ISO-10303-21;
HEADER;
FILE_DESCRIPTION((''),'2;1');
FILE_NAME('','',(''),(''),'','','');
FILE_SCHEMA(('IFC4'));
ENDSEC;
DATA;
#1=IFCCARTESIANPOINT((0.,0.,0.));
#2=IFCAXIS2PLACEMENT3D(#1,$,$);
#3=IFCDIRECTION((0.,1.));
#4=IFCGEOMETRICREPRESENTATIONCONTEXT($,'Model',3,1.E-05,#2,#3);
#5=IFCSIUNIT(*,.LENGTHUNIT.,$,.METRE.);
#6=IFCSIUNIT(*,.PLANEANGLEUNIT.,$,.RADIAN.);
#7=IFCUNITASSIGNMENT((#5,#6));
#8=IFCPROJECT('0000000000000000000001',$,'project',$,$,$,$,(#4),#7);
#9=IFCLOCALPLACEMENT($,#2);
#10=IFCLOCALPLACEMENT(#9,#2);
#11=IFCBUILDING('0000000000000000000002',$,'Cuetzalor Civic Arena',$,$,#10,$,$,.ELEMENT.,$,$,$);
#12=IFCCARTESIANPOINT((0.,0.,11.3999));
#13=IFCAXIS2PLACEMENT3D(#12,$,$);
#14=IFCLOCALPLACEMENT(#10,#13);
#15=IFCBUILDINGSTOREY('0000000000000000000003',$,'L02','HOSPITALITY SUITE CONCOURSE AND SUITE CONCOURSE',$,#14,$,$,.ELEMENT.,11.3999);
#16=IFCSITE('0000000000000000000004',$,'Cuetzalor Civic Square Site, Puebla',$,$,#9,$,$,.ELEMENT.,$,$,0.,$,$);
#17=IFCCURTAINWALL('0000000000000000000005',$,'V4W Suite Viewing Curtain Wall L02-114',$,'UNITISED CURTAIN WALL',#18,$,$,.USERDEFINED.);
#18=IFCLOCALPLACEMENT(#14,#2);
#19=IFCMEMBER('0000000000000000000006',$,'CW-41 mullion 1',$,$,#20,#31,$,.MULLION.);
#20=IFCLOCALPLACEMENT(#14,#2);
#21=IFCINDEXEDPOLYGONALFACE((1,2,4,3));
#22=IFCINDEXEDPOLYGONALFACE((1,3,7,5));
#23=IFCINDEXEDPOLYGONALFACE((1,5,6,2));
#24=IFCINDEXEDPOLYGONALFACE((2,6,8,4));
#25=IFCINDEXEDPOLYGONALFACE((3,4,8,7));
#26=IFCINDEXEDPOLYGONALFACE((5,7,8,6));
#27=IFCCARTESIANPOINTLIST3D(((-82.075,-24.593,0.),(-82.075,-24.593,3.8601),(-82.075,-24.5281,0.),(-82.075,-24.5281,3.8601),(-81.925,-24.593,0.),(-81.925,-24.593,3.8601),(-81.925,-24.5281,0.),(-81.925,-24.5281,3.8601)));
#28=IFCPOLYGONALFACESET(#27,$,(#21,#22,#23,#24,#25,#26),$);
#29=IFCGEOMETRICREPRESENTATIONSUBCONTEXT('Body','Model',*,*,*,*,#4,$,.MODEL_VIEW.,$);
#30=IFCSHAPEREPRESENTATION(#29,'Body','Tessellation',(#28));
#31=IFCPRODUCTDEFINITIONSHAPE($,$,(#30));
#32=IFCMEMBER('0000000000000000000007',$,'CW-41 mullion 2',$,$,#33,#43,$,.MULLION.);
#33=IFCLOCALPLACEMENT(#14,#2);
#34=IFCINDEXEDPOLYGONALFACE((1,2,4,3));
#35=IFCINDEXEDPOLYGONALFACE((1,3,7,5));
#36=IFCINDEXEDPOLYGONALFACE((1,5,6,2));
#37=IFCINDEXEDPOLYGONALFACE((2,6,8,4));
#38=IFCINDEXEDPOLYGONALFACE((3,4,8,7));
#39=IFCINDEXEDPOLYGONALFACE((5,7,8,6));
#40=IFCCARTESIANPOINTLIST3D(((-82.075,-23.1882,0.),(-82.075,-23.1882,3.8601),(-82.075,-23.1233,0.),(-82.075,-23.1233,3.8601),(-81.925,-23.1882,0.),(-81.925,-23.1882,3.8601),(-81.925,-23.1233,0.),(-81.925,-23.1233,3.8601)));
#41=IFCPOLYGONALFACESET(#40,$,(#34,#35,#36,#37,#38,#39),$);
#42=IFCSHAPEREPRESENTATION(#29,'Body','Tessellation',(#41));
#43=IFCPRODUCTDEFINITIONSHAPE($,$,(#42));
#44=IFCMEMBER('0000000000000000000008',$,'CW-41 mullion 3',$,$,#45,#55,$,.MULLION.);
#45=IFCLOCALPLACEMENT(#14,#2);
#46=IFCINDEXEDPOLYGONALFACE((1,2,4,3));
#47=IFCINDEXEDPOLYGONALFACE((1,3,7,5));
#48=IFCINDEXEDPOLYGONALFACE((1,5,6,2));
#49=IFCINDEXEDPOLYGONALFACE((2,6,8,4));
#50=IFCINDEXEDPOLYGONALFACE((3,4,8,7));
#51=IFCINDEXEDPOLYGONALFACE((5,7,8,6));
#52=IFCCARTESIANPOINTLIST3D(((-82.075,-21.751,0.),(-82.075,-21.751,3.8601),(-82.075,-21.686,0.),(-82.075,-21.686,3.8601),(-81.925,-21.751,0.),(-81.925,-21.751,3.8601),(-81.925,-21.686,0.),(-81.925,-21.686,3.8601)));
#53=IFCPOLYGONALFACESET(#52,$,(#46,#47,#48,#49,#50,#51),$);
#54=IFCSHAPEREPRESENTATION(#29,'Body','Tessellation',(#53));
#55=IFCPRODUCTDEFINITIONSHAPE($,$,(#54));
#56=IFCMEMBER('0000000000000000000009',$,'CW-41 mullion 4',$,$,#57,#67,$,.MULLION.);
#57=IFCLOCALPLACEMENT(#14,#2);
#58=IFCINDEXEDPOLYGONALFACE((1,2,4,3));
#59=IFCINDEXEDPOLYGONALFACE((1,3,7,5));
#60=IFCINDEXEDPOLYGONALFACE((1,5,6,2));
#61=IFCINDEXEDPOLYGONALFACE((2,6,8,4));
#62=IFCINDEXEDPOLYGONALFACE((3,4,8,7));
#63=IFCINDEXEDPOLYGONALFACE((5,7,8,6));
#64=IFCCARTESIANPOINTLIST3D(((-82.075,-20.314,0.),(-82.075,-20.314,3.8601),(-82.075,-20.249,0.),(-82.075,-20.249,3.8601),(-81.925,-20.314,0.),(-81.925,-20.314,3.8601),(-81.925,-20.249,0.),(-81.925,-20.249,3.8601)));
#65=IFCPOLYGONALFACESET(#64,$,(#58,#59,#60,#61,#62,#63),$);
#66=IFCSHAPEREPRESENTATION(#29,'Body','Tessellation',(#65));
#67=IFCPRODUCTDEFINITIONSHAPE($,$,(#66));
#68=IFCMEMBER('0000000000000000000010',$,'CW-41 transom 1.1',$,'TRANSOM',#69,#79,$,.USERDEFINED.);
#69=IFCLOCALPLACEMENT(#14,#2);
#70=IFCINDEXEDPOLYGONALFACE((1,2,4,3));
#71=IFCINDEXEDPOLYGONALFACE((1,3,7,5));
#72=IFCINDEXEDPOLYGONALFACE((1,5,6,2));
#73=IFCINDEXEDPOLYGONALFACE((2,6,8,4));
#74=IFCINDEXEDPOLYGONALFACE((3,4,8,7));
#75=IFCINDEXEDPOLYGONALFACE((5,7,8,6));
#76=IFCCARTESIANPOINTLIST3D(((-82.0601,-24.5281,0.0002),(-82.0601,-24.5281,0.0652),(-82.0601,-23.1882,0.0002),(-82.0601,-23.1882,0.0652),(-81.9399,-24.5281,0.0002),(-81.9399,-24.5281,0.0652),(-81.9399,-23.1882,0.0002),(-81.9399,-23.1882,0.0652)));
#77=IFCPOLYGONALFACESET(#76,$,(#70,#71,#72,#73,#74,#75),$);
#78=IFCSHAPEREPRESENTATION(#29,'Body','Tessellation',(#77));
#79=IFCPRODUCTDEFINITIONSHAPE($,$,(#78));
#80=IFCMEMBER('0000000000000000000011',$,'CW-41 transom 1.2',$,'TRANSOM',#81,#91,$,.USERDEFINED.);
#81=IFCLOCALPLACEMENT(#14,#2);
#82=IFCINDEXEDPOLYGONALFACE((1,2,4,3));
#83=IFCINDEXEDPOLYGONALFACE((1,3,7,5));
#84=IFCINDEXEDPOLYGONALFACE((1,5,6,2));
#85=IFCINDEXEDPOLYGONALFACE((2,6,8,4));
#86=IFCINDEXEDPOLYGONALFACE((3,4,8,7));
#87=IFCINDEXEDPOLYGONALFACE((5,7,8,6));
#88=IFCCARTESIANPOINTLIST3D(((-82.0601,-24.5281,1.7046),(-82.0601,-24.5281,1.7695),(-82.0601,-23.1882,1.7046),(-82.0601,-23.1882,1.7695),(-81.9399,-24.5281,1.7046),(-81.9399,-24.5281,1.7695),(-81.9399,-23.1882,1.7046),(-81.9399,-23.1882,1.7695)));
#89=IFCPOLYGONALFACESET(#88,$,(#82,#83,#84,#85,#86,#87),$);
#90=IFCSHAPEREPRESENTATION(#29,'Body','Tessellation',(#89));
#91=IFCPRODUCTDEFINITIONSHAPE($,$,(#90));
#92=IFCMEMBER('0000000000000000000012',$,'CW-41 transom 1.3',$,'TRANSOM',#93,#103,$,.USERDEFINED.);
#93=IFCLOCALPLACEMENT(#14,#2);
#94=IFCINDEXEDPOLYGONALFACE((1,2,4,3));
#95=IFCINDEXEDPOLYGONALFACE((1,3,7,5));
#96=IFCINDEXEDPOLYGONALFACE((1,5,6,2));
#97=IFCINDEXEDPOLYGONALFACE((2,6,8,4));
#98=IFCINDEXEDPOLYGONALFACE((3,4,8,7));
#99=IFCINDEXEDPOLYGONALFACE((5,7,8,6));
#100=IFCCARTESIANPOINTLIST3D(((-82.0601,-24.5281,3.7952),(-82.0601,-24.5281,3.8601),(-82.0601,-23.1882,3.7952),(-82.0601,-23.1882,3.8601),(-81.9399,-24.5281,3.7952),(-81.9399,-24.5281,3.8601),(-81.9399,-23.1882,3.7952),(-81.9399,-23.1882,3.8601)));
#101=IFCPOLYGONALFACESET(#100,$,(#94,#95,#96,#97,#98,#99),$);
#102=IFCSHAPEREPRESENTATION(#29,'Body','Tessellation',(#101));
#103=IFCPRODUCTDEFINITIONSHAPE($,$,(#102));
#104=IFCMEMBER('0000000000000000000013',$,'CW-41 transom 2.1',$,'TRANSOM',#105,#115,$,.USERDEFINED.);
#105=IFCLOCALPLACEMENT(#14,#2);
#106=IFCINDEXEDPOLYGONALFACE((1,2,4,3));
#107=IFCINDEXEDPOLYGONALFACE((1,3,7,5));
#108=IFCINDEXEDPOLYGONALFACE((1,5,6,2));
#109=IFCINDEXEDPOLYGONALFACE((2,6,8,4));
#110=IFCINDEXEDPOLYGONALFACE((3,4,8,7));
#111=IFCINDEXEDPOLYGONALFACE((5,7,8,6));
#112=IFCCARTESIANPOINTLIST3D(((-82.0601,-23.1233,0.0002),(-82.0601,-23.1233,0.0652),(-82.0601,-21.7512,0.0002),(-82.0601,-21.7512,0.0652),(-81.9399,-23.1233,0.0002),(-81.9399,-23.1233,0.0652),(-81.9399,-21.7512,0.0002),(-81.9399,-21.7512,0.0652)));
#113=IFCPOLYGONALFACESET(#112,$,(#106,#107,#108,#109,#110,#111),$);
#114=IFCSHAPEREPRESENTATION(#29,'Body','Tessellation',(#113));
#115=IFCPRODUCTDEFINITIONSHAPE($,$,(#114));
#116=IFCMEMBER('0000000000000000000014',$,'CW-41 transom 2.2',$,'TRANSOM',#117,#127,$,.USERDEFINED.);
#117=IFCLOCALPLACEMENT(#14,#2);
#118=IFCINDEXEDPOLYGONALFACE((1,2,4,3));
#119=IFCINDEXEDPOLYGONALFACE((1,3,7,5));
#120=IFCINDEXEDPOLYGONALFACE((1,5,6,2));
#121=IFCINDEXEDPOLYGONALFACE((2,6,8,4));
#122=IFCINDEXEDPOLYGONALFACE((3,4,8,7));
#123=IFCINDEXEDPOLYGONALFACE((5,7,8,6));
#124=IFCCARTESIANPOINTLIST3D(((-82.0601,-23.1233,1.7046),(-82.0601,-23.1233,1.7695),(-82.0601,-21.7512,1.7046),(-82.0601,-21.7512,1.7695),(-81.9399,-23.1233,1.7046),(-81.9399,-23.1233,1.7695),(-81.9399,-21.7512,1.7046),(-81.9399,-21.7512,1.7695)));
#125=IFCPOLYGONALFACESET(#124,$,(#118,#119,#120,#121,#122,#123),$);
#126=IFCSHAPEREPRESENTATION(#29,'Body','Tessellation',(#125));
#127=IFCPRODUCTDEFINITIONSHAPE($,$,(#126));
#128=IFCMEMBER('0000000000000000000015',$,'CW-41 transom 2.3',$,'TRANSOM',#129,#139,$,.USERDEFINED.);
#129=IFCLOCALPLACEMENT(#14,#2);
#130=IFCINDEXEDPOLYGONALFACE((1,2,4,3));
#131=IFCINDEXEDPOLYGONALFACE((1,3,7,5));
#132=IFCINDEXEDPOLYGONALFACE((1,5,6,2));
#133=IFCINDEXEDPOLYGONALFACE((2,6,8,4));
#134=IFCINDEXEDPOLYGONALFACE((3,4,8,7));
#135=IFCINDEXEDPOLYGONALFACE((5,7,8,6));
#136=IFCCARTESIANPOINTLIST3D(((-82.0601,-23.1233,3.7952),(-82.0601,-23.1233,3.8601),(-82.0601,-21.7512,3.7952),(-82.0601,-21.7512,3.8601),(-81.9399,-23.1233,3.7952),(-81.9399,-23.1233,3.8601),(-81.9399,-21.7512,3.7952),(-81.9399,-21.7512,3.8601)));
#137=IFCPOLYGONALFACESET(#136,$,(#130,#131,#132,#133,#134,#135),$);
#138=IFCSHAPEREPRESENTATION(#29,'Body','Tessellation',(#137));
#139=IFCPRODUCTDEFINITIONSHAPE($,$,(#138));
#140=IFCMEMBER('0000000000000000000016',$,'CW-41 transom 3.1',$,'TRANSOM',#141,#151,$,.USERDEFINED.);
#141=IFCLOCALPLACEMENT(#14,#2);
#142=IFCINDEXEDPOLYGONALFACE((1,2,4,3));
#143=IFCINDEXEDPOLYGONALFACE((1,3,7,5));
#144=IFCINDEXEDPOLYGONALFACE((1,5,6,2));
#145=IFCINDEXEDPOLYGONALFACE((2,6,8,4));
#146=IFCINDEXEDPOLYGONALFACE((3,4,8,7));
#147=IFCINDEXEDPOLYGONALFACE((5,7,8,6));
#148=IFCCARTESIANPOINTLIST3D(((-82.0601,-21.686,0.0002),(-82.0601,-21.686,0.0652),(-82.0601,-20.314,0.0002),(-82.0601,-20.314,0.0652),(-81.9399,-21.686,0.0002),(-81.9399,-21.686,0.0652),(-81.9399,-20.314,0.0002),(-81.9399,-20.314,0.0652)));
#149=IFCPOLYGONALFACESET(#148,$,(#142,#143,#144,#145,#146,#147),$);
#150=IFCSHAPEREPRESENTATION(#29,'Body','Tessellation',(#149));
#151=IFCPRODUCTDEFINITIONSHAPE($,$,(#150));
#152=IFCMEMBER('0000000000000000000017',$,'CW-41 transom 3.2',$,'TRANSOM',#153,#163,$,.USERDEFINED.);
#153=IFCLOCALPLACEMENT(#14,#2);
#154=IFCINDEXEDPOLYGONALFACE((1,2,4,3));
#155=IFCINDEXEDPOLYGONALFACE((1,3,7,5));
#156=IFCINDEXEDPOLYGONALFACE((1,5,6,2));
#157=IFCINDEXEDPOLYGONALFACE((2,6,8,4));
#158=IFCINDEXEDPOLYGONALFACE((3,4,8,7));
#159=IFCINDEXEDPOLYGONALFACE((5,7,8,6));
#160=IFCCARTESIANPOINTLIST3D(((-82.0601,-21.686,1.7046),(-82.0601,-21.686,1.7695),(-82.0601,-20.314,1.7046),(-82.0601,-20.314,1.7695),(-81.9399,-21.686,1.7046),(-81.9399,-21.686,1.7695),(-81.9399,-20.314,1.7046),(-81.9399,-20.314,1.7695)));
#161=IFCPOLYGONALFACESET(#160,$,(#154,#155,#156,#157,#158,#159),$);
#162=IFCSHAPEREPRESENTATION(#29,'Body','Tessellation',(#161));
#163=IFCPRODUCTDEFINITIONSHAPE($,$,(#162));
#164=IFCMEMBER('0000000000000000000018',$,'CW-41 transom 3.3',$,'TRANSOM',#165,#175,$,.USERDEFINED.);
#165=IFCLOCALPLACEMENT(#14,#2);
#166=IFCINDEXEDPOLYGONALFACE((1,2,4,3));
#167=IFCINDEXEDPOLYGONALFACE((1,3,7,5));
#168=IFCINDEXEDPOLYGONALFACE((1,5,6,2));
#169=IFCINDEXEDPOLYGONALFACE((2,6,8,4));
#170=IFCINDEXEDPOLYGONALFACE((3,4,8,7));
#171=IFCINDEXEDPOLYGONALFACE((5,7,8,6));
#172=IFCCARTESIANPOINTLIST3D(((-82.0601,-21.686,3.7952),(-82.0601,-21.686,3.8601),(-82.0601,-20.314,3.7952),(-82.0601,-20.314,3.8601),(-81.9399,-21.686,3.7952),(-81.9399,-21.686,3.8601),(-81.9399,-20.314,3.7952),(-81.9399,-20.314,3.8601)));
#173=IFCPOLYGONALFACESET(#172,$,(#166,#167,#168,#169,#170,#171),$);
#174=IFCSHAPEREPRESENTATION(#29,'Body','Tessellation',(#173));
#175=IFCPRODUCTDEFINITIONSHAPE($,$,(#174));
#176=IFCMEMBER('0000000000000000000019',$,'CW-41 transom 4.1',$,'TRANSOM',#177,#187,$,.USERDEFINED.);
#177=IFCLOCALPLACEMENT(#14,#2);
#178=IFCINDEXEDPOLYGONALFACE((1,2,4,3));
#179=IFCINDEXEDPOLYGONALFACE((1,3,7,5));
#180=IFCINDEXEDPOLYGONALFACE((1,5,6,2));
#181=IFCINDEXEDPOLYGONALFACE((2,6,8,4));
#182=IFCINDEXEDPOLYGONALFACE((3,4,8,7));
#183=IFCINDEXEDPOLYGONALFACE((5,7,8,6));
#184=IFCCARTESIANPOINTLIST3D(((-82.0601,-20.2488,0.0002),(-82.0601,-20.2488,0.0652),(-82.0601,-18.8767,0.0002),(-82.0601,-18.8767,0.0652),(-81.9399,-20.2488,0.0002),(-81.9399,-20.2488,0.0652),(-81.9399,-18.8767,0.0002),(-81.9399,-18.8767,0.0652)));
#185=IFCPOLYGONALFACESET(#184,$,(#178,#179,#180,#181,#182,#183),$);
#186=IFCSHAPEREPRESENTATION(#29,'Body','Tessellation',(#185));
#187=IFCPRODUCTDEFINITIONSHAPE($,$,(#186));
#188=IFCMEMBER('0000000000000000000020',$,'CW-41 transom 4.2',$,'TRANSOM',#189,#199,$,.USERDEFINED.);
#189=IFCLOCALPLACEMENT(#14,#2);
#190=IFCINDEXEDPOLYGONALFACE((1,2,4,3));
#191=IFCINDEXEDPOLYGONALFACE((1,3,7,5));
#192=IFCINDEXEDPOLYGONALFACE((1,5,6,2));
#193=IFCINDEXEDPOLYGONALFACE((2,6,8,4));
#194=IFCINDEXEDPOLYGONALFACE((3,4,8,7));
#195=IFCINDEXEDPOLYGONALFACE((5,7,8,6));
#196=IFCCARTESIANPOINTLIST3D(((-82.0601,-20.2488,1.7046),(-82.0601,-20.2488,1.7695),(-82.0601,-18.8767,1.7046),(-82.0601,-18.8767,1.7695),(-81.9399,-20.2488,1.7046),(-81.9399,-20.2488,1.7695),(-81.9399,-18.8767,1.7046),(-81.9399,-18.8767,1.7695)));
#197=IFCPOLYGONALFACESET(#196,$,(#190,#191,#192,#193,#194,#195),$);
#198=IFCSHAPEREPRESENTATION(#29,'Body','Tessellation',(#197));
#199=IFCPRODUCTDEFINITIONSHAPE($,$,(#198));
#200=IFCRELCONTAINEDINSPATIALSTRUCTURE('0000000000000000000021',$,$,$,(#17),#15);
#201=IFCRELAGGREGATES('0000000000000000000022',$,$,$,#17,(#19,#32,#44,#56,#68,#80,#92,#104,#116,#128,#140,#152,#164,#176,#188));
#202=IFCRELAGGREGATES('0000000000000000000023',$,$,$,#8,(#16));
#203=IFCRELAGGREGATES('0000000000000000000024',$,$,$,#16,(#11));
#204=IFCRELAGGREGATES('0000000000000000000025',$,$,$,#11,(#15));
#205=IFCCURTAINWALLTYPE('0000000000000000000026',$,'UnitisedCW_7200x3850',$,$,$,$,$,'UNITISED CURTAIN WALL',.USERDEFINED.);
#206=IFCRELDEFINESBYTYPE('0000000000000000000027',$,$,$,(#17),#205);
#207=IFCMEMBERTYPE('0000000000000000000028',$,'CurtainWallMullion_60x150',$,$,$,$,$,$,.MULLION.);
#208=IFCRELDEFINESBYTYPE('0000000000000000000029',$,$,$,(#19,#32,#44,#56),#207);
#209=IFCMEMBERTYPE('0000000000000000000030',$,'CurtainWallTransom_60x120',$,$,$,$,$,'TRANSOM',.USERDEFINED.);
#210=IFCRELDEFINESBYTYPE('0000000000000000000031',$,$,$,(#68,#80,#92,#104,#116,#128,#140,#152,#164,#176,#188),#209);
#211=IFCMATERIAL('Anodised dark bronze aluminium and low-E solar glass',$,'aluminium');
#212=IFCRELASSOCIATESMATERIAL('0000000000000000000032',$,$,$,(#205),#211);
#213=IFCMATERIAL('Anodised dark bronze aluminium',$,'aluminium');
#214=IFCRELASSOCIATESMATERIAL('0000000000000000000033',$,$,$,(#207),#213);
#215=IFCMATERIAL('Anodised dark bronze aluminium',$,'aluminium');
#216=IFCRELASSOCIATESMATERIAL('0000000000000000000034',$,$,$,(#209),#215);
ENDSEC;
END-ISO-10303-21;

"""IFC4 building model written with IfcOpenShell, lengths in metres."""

from ifc_helpers import new_model, si_unit, direction, frame, origin, origin_2d, place, context, subcontext, project, spatial, rectangle, extrude, material, material_profile, profile_set, type_object, element, aggregate, save


model = new_model("IFC4")

# Units and contexts
model_context = context("Model", 3, precision=1e-05, world=origin(), true_north=direction((0.0, 1.0)))
body_context = subcontext(model_context, "Body", "Model", "MODEL_VIEW")
ifc_project = project(units=[si_unit("LENGTHUNIT", "METRE"), si_unit("PLANEANGLEUNIT", "RADIAN")], contexts=[model_context])

# Site, building, storey
site_placement = place(None, origin())
site = spatial("IfcSite", under=ifc_project, at=site_placement, Name="Cuetzalor Civic Square Site, Puebla", CompositionType="ELEMENT", RefElevation=0.0)
building_placement = place(site_placement, origin())
building = spatial("IfcBuilding", under=site, at=building_placement, Name="Cuetzalor Civic Arena", CompositionType="ELEMENT")
storey_placement = place(building_placement, frame((0.0, 0.0, 11.3999)))
storey = spatial("IfcBuildingStorey", under=building, at=storey_placement, Name="L02", Description="HOSPITALITY SUITE CONCOURSE AND SUITE CONCOURSE", CompositionType="ELEMENT", Elevation=11.3999)

# Curtain wall, members
ifc_material_1 = material(Name="Anodised dark bronze aluminium and low-E solar glass", Category="aluminium")
curtain_wall_type = type_object("IfcCurtainWallType", Name="UnitisedCW_7200x3850", ElementType="UNITISED CURTAIN WALL", PredefinedType="USERDEFINED", material=ifc_material_1)
curtain_wall_placement = place(storey_placement, origin())
curtain_wall = element("IfcCurtainWall", 1, at=curtain_wall_placement, inside=storey, type_object=curtain_wall_type, Name="V4W Suite Viewing Curtain Wall L02-114", ObjectType="UNITISED CURTAIN WALL", PredefinedType="USERDEFINED")
ifc_material_2 = material(Name="Anodised dark bronze aluminium", Category="aluminium")
ifc_material_profile_1 = material_profile(ifc_material_2, rectangle(XDim=0.0649, YDim=0.1499, at=origin_2d()), Name="ALU MULLION 65x150")
ifc_profile_set_1 = profile_set([ifc_material_profile_1], Name="Anodised dark bronze aluminium")
member_type_1 = type_object("IfcMemberType", Name="CurtainWallMullion_60x150", PredefinedType="MULLION", material=ifc_profile_set_1)
member_1_placement = place(storey_placement, frame((-82.0, -24.5605, 0.0), z_axis=(0.0, 0.0, 1.0), x_axis=(0.0, 1.0, 0.0)))
member_1 = element("IfcMember", 2, at=member_1_placement, type_object=member_type_1, Name="CW-41 mullion 1", PredefinedType="MULLION", context=body_context, shape_type="SweptSolid", body=[
    extrude(rectangle(XDim=0.0649, YDim=0.1499, at=origin_2d()), origin(), (0.0, 0.0, 1.0), 3.8601),
])
member_2_placement = place(storey_placement, frame((-82.0, -23.1558, 0.0), z_axis=(0.0, 0.0, 1.0), x_axis=(0.0, 1.0, 0.0)))
member_2 = element("IfcMember", 3, at=member_2_placement, type_object=member_type_1, Name="CW-41 mullion 2", PredefinedType="MULLION", context=body_context, shape_type="SweptSolid", body=[
    extrude(rectangle(XDim=0.0649, YDim=0.1499, at=origin_2d()), origin(), (0.0, 0.0, 1.0), 3.8601),
])
member_3_placement = place(storey_placement, frame((-82.0, -21.7185, 0.0), z_axis=(0.0, 0.0, 1.0), x_axis=(0.0, 1.0, 0.0)))
member_3 = element("IfcMember", 4, at=member_3_placement, type_object=member_type_1, Name="CW-41 mullion 3", PredefinedType="MULLION", context=body_context, shape_type="SweptSolid", body=[
    extrude(rectangle(XDim=0.0649, YDim=0.1499, at=origin_2d()), origin(), (0.0, 0.0, 1.0), 3.8601),
])
member_4_placement = place(storey_placement, frame((-82.0, -20.2815, 0.0), z_axis=(0.0, 0.0, 1.0), x_axis=(0.0, 1.0, 0.0)))
member_4 = element("IfcMember", 5, at=member_4_placement, type_object=member_type_1, Name="CW-41 mullion 4", PredefinedType="MULLION", context=body_context, shape_type="SweptSolid", body=[
    extrude(rectangle(XDim=0.0649, YDim=0.1499, at=origin_2d()), origin(), (0.0, 0.0, 1.0), 3.8601),
])
ifc_material_3 = material(Name="Anodised dark bronze aluminium", Category="aluminium")
ifc_material_profile_2 = material_profile(ifc_material_3, rectangle(XDim=0.1201, YDim=0.0649, at=origin_2d()), Name="ALU TRANSOM 65x120")
ifc_profile_set_2 = profile_set([ifc_material_profile_2], Name="Anodised dark bronze aluminium")
member_type_2 = type_object("IfcMemberType", Name="CurtainWallTransom_60x120", ElementType="TRANSOM", PredefinedType="USERDEFINED", material=ifc_profile_set_2)
member_5_placement = place(storey_placement, frame((-82.0, -24.5281, 0.0327), z_axis=(0.0, 1.0, 0.0), x_axis=(-1.0, 0.0, 0.0)))
member_5 = element("IfcMember", 6, at=member_5_placement, type_object=member_type_2, Name="CW-41 transom 1.1", ObjectType="TRANSOM", PredefinedType="USERDEFINED", context=body_context, shape_type="SweptSolid", body=[
    extrude(rectangle(XDim=0.1201, YDim=0.0649, at=origin_2d()), origin(), (0.0, 0.0, 1.0), 1.3398),
])
member_6_placement = place(storey_placement, frame((-82.0, -24.5281, 1.7371), z_axis=(0.0, 1.0, 0.0), x_axis=(-1.0, 0.0, 0.0)))
member_6 = element("IfcMember", 7, at=member_6_placement, type_object=member_type_2, Name="CW-41 transom 1.2", ObjectType="TRANSOM", PredefinedType="USERDEFINED", context=body_context, shape_type="SweptSolid", body=[
    extrude(rectangle(XDim=0.1201, YDim=0.0649, at=origin_2d()), origin(), (0.0, 0.0, 1.0), 1.3398),
])
member_7_placement = place(storey_placement, frame((-82.0, -24.5281, 3.8276), z_axis=(0.0, 1.0, 0.0), x_axis=(-1.0, 0.0, 0.0)))
member_7 = element("IfcMember", 8, at=member_7_placement, type_object=member_type_2, Name="CW-41 transom 1.3", ObjectType="TRANSOM", PredefinedType="USERDEFINED", context=body_context, shape_type="SweptSolid", body=[
    extrude(rectangle(XDim=0.1201, YDim=0.0649, at=origin_2d()), origin(), (0.0, 0.0, 1.0), 1.3398),
])
member_8_placement = place(storey_placement, frame((-82.0, -23.1233, 0.0327), z_axis=(0.0, 1.0, 0.0), x_axis=(-1.0, 0.0, 0.0)))
member_8 = element("IfcMember", 9, at=member_8_placement, type_object=member_type_2, Name="CW-41 transom 2.1", ObjectType="TRANSOM", PredefinedType="USERDEFINED", context=body_context, shape_type="SweptSolid", body=[
    extrude(rectangle(XDim=0.1201, YDim=0.0649, at=origin_2d()), origin(), (0.0, 0.0, 1.0), 1.3721),
])
member_9_placement = place(storey_placement, frame((-82.0, -23.1233, 1.7371), z_axis=(0.0, 1.0, 0.0), x_axis=(-1.0, 0.0, 0.0)))
member_9 = element("IfcMember", 10, at=member_9_placement, type_object=member_type_2, Name="CW-41 transom 2.2", ObjectType="TRANSOM", PredefinedType="USERDEFINED", context=body_context, shape_type="SweptSolid", body=[
    extrude(rectangle(XDim=0.1201, YDim=0.0649, at=origin_2d()), origin(), (0.0, 0.0, 1.0), 1.3721),
])
member_10_placement = place(storey_placement, frame((-82.0, -23.1233, 3.8276), z_axis=(0.0, 1.0, 0.0), x_axis=(-1.0, 0.0, 0.0)))
member_10 = element("IfcMember", 11, at=member_10_placement, type_object=member_type_2, Name="CW-41 transom 2.3", ObjectType="TRANSOM", PredefinedType="USERDEFINED", context=body_context, shape_type="SweptSolid", body=[
    extrude(rectangle(XDim=0.1201, YDim=0.0649, at=origin_2d()), origin(), (0.0, 0.0, 1.0), 1.3721),
])
member_11_placement = place(storey_placement, frame((-82.0, -21.686, 0.0327), z_axis=(0.0, 1.0, 0.0), x_axis=(-1.0, 0.0, 0.0)))
member_11 = element("IfcMember", 12, at=member_11_placement, type_object=member_type_2, Name="CW-41 transom 3.1", ObjectType="TRANSOM", PredefinedType="USERDEFINED", context=body_context, shape_type="SweptSolid", body=[
    extrude(rectangle(XDim=0.1201, YDim=0.0649, at=origin_2d()), origin(), (0.0, 0.0, 1.0), 1.3721),
])
member_12_placement = place(storey_placement, frame((-82.0, -21.686, 1.7371), z_axis=(0.0, 1.0, 0.0), x_axis=(-1.0, 0.0, 0.0)))
member_12 = element("IfcMember", 13, at=member_12_placement, type_object=member_type_2, Name="CW-41 transom 3.2", ObjectType="TRANSOM", PredefinedType="USERDEFINED", context=body_context, shape_type="SweptSolid", body=[
    extrude(rectangle(XDim=0.1201, YDim=0.0649, at=origin_2d()), origin(), (0.0, 0.0, 1.0), 1.3721),
])
member_13_placement = place(storey_placement, frame((-82.0, -21.686, 3.8276), z_axis=(0.0, 1.0, 0.0), x_axis=(-1.0, 0.0, 0.0)))
member_13 = element("IfcMember", 14, at=member_13_placement, type_object=member_type_2, Name="CW-41 transom 3.3", ObjectType="TRANSOM", PredefinedType="USERDEFINED", context=body_context, shape_type="SweptSolid", body=[
    extrude(rectangle(XDim=0.1201, YDim=0.0649, at=origin_2d()), origin(), (0.0, 0.0, 1.0), 1.3721),
])
member_14_placement = place(storey_placement, frame((-82.0, -20.2488, 0.0327), z_axis=(0.0, 1.0, 0.0), x_axis=(-1.0, 0.0, 0.0)))
member_14 = element("IfcMember", 15, at=member_14_placement, type_object=member_type_2, Name="CW-41 transom 4.1", ObjectType="TRANSOM", PredefinedType="USERDEFINED", context=body_context, shape_type="SweptSolid", body=[
    extrude(rectangle(XDim=0.1201, YDim=0.0649, at=origin_2d()), origin(), (0.0, 0.0, 1.0), 1.3721),
])
member_15_placement = place(storey_placement, frame((-82.0, -20.2488, 1.7371), z_axis=(0.0, 1.0, 0.0), x_axis=(-1.0, 0.0, 0.0)))
member_15 = element("IfcMember", 16, at=member_15_placement, type_object=member_type_2, Name="CW-41 transom 4.2", ObjectType="TRANSOM", PredefinedType="USERDEFINED", context=body_context, shape_type="SweptSolid", body=[
    extrude(rectangle(XDim=0.1201, YDim=0.0649, at=origin_2d()), origin(), (0.0, 0.0, 1.0), 1.3721),
])
aggregate(curtain_wall, [member_1, member_2, member_3, member_4, member_5, member_6, member_7, member_8, member_9, member_10, member_11, member_12, member_13, member_14, member_15])

save(model, "model.ifc")
